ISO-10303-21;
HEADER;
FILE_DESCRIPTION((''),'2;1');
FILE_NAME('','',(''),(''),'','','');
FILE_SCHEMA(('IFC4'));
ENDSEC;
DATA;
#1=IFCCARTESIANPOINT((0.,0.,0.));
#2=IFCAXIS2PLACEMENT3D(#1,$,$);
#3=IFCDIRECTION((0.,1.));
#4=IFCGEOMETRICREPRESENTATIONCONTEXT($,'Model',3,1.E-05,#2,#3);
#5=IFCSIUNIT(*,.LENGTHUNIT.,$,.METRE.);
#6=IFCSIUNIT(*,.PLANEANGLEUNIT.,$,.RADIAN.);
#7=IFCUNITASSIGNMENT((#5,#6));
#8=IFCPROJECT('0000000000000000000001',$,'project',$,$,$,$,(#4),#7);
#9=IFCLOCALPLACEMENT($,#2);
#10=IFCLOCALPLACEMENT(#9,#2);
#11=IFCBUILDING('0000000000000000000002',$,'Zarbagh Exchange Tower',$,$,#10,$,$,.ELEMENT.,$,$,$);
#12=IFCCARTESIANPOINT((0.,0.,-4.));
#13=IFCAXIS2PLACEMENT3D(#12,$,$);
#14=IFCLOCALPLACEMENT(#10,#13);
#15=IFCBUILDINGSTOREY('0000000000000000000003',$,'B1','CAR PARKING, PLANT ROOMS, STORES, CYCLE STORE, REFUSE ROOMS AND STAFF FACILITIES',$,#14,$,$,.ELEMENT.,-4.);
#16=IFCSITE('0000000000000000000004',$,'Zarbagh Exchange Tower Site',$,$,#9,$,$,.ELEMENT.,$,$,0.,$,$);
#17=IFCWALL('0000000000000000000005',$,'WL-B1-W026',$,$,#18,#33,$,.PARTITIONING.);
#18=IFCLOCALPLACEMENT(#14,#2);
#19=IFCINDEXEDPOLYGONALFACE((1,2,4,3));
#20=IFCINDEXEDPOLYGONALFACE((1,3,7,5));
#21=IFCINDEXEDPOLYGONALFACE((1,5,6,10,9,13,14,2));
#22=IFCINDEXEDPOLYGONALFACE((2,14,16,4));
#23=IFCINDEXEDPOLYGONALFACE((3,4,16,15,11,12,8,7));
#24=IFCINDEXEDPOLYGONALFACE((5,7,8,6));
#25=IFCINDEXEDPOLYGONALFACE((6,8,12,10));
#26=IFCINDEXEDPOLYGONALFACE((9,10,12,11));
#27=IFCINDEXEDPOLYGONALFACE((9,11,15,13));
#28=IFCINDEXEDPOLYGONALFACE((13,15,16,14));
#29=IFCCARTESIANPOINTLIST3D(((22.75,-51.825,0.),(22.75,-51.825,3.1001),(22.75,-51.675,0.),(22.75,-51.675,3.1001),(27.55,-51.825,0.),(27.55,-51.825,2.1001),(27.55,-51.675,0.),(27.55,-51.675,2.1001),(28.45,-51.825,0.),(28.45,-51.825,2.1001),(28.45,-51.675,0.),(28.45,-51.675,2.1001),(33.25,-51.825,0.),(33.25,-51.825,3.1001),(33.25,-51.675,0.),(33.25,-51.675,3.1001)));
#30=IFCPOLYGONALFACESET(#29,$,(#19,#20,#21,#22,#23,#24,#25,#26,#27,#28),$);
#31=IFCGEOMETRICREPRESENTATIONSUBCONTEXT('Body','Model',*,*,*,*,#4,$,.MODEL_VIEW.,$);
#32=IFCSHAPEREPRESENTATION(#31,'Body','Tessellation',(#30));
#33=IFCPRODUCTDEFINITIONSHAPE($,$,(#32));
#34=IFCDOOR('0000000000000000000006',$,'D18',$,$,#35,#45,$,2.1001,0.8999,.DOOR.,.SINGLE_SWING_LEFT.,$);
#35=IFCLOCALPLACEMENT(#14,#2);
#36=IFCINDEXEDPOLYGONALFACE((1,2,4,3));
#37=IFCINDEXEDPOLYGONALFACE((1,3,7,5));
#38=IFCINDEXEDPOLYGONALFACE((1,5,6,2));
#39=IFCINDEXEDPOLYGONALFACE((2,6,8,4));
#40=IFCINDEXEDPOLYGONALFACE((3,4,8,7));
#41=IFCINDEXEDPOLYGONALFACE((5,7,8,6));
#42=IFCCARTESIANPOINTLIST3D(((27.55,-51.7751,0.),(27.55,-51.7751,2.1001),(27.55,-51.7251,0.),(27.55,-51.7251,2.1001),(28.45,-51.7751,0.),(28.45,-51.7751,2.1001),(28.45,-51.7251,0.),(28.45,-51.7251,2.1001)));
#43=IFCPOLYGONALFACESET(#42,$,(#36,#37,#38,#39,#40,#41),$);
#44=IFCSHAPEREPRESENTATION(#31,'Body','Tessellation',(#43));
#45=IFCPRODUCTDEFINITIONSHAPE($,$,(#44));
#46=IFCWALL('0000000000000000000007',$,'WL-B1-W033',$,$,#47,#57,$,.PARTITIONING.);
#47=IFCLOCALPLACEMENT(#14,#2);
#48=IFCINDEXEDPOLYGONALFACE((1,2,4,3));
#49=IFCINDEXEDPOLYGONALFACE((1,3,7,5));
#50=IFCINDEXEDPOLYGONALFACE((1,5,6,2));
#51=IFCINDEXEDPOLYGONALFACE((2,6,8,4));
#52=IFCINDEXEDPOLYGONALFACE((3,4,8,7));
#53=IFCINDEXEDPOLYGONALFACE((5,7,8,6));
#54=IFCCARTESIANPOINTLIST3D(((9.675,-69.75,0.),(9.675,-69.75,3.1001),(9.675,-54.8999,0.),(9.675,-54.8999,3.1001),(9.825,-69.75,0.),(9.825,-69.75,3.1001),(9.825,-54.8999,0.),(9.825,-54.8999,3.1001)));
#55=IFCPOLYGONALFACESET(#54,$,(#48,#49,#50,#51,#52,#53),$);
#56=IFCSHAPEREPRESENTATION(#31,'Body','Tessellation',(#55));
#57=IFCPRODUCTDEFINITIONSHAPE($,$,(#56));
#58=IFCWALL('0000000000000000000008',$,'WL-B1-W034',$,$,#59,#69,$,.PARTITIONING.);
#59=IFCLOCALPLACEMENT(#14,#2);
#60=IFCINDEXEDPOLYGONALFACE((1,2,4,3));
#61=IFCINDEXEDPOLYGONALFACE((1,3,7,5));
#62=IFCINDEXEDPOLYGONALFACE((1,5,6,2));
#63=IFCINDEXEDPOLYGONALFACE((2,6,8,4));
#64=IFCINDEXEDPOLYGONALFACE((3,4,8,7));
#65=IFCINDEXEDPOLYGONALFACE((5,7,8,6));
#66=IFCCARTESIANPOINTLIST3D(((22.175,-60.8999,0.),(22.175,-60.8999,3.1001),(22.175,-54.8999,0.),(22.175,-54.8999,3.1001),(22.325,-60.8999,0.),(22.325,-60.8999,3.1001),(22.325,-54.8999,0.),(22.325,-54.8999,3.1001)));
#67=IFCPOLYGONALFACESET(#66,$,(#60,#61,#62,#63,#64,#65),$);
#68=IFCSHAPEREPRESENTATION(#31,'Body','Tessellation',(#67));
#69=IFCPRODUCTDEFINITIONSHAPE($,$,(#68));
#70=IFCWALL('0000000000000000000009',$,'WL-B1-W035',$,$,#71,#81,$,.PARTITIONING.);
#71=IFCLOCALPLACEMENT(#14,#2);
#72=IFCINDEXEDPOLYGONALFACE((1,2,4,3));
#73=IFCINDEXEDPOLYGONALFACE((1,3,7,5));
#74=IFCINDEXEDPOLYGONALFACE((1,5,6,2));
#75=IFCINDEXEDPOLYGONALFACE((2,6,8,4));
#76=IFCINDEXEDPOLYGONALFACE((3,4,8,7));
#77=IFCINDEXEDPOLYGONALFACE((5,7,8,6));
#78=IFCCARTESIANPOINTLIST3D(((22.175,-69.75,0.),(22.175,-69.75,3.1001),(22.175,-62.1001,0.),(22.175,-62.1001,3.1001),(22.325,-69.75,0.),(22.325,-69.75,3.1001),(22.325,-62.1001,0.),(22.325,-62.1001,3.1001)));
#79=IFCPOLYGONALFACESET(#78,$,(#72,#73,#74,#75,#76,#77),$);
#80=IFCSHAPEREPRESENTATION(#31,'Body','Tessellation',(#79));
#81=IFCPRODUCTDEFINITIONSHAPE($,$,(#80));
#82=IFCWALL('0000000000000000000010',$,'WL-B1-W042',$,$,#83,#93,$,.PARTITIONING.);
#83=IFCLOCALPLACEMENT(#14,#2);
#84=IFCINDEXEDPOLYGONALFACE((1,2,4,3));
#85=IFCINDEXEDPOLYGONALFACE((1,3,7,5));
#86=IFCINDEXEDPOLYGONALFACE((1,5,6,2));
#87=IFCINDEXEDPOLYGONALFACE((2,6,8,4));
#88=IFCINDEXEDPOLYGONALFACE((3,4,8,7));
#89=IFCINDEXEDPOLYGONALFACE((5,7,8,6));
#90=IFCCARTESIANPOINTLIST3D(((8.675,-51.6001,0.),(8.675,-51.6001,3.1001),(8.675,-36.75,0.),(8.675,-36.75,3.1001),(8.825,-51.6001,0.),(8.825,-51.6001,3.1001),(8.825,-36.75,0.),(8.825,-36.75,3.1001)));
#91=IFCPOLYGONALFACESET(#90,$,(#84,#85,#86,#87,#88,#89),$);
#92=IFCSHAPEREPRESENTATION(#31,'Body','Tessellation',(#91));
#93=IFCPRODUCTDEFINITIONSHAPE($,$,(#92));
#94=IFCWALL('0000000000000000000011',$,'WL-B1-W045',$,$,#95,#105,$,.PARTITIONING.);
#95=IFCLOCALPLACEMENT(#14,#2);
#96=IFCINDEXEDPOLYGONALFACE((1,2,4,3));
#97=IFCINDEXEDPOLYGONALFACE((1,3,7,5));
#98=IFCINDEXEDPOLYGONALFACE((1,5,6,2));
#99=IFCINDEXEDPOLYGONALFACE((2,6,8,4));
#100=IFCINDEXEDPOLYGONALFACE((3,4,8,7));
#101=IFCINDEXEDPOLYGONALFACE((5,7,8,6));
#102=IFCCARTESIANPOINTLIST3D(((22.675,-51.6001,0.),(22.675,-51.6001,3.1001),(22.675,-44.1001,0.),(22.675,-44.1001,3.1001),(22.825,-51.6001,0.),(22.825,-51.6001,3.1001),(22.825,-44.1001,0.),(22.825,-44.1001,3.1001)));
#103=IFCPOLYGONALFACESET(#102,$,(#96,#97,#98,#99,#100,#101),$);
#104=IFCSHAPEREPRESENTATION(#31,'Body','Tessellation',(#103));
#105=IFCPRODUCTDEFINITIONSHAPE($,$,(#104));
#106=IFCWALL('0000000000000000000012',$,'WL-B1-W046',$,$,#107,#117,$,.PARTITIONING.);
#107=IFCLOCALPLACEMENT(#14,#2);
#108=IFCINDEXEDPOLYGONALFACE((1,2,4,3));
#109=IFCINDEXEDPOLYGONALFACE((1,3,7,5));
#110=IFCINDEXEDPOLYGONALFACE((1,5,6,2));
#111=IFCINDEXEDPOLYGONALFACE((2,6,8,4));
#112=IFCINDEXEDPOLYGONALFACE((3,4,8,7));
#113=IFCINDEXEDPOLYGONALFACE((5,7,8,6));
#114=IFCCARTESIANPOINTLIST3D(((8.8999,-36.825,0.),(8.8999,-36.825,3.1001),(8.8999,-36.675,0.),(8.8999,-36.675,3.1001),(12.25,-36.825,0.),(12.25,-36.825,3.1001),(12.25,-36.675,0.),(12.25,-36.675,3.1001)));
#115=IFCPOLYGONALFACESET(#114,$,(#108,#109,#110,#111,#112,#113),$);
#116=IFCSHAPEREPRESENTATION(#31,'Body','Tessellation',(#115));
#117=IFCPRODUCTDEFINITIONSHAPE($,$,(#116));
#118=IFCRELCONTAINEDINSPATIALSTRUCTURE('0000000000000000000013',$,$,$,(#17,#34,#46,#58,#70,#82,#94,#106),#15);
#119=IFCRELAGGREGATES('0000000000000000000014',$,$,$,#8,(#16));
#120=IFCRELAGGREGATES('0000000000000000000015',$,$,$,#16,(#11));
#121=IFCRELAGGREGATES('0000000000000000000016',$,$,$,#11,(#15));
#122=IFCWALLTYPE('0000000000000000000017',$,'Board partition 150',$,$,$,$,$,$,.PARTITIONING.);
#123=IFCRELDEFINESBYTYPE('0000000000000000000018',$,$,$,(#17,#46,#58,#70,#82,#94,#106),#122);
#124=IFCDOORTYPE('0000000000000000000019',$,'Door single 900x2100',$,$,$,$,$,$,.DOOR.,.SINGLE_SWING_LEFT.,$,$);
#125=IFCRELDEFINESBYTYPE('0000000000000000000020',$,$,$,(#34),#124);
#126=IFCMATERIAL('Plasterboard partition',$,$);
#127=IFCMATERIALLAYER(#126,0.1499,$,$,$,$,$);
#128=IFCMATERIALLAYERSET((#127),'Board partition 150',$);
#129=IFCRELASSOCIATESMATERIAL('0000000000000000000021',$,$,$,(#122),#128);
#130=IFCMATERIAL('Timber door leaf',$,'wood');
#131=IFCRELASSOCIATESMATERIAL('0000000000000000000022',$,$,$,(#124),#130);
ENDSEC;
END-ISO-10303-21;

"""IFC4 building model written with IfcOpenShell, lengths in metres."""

from ifc_helpers import new_model, si_unit, direction, frame, frame_2d, origin, place, context, subcontext, project, spatial, rectangle, extrude, material, layer, layer_set, type_object, element, fill, save


model = new_model("IFC4")

# Units and contexts
model_context = context("Model", 3, precision=1e-05, world=origin(), true_north=direction((0.0, 1.0)))
body_context = subcontext(model_context, "Body", "Model", "MODEL_VIEW")
ifc_project = project(units=[si_unit("LENGTHUNIT", "METRE"), si_unit("PLANEANGLEUNIT", "RADIAN")], contexts=[model_context])

# Site, building, storey
site_placement = place(None, origin())
site = spatial("IfcSite", under=ifc_project, at=site_placement, Name="Zarbagh Exchange Tower Site", CompositionType="ELEMENT", RefElevation=0.0)
building_placement = place(site_placement, origin())
building = spatial("IfcBuilding", under=site, at=building_placement, Name="Zarbagh Exchange Tower", CompositionType="ELEMENT")
storey_placement = place(building_placement, frame((0.0, 0.0, -4.0)))
storey = spatial("IfcBuildingStorey", under=building, at=storey_placement, Name="B1", Description="CAR PARKING, PLANT ROOMS, STORES, CYCLE STORE, REFUSE ROOMS AND STAFF FACILITIES", CompositionType="ELEMENT", Elevation=-4.0)

# Wall, opening, door
ifc_material_1 = material(Name="Plasterboard partition")
ifc_layer = layer(ifc_material_1, 0.1499)
ifc_layer_set = layer_set([ifc_layer], Name="Board partition 150")
wall_type = type_object("IfcWallType", Name="Board partition 150", PredefinedType="PARTITIONING", material=ifc_layer_set)
ifc_material_2 = material(Name="Timber door leaf", Category="wood")
door_type = type_object("IfcDoorType", Name="Door single 900x2100", OperationType="SINGLE_SWING_LEFT", PredefinedType="DOOR", material=ifc_material_2)
wall_1_placement = place(storey_placement, frame((22.75, -51.75, 0.0), z_axis=(0.0, 0.0, 1.0), x_axis=(1.0, 0.0, 0.0)))
wall_1 = element("IfcWall", 1, at=wall_1_placement, inside=storey, type_object=wall_type, Name="WL-B1-W026", PredefinedType="PARTITIONING", context=body_context, shape_type="SweptSolid", body=[
    extrude(rectangle(XDim=10.5, YDim=0.1499, at=frame_2d((5.25, 0.0))), origin(), (0.0, 0.0, 1.0), 3.1001),
])
opening_1_placement = place(wall_1_placement, frame((4.8, 0.0, 0.0)))
opening_1 = element("IfcOpeningElement", 2, at=opening_1_placement, cuts=wall_1, PredefinedType="OPENING", context=body_context, shape_type="SweptSolid", body=[
    extrude(rectangle(XDim=0.8999, YDim=2.1001, at=frame_2d((0.45, 1.05))), frame((0.0, 0.085, 0.0), z_axis=(0.0, -1.0, 0.0), x_axis=(1.0, 0.0, 0.0)), (0.0, 0.0, 1.0), 0.1699),
])
door_1_placement = place(opening_1_placement, origin())
door_1 = element("IfcDoor", 3, at=door_1_placement, inside=storey, type_object=door_type, Name="D18", OperationType="SINGLE_SWING_LEFT", OverallHeight=2.1001, OverallWidth=0.8999, PredefinedType="DOOR", context=body_context, shape_type="SweptSolid", body=[
    extrude(rectangle(XDim=0.8999, YDim=2.1001, at=frame_2d((0.45, 1.05))), frame((0.0, 0.0249, 0.0), z_axis=(0.0, -1.0, 0.0), x_axis=(1.0, 0.0, 0.0)), (0.0, 0.0, 1.0), 0.05),
])
fill(opening_1, door_1)

# Walls
wall_2_placement = place(storey_placement, frame((9.75, -54.8999, 0.0), z_axis=(0.0, 0.0, 1.0), x_axis=(0.0, -1.0, 0.0)))
element("IfcWall", 4, at=wall_2_placement, inside=storey, type_object=wall_type, Name="WL-B1-W033", PredefinedType="PARTITIONING", context=body_context, shape_type="SweptSolid", body=[
    extrude(rectangle(XDim=14.8501, YDim=0.1499, at=frame_2d((7.425, 0.0))), origin(), (0.0, 0.0, 1.0), 3.1001),
])
wall_3_placement = place(storey_placement, frame((22.25, -54.8999, 0.0), z_axis=(0.0, 0.0, 1.0), x_axis=(0.0, -1.0, 0.0)))
element("IfcWall", 5, at=wall_3_placement, inside=storey, type_object=wall_type, Name="WL-B1-W034", PredefinedType="PARTITIONING", context=body_context, shape_type="SweptSolid", body=[
    extrude(rectangle(XDim=6.0, YDim=0.1499, at=frame_2d((3.0, 0.0))), origin(), (0.0, 0.0, 1.0), 3.1001),
])
wall_4_placement = place(storey_placement, frame((22.25, -62.1001, 0.0), z_axis=(0.0, 0.0, 1.0), x_axis=(0.0, -1.0, 0.0)))
element("IfcWall", 6, at=wall_4_placement, inside=storey, type_object=wall_type, Name="WL-B1-W035", PredefinedType="PARTITIONING", context=body_context, shape_type="SweptSolid", body=[
    extrude(rectangle(XDim=7.6499, YDim=0.1499, at=frame_2d((3.825, 0.0))), origin(), (0.0, 0.0, 1.0), 3.1001),
])
wall_5_placement = place(storey_placement, frame((8.75, -36.75, 0.0), z_axis=(0.0, 0.0, 1.0), x_axis=(0.0, -1.0, 0.0)))
element("IfcWall", 7, at=wall_5_placement, inside=storey, type_object=wall_type, Name="WL-B1-W042", PredefinedType="PARTITIONING", context=body_context, shape_type="SweptSolid", body=[
    extrude(rectangle(XDim=14.8501, YDim=0.1499, at=frame_2d((7.425, 0.0))), origin(), (0.0, 0.0, 1.0), 3.1001),
])
wall_6_placement = place(storey_placement, frame((22.75, -44.1001, 0.0), z_axis=(0.0, 0.0, 1.0), x_axis=(0.0, -1.0, 0.0)))
element("IfcWall", 8, at=wall_6_placement, inside=storey, type_object=wall_type, Name="WL-B1-W045", PredefinedType="PARTITIONING", context=body_context, shape_type="SweptSolid", body=[
    extrude(rectangle(XDim=7.5, YDim=0.1499, at=frame_2d((3.75, 0.0))), origin(), (0.0, 0.0, 1.0), 3.1001),
])
wall_7_placement = place(storey_placement, frame((8.8999, -36.75, 0.0), z_axis=(0.0, 0.0, 1.0), x_axis=(1.0, 0.0, 0.0)))
element("IfcWall", 9, at=wall_7_placement, inside=storey, type_object=wall_type, Name="WL-B1-W046", PredefinedType="PARTITIONING", context=body_context, shape_type="SweptSolid", body=[
    extrude(rectangle(XDim=3.3501, YDim=0.1499, at=frame_2d((1.675, 0.0))), origin(), (0.0, 0.0, 1.0), 3.1001),
])

save(model, "model.ifc")
